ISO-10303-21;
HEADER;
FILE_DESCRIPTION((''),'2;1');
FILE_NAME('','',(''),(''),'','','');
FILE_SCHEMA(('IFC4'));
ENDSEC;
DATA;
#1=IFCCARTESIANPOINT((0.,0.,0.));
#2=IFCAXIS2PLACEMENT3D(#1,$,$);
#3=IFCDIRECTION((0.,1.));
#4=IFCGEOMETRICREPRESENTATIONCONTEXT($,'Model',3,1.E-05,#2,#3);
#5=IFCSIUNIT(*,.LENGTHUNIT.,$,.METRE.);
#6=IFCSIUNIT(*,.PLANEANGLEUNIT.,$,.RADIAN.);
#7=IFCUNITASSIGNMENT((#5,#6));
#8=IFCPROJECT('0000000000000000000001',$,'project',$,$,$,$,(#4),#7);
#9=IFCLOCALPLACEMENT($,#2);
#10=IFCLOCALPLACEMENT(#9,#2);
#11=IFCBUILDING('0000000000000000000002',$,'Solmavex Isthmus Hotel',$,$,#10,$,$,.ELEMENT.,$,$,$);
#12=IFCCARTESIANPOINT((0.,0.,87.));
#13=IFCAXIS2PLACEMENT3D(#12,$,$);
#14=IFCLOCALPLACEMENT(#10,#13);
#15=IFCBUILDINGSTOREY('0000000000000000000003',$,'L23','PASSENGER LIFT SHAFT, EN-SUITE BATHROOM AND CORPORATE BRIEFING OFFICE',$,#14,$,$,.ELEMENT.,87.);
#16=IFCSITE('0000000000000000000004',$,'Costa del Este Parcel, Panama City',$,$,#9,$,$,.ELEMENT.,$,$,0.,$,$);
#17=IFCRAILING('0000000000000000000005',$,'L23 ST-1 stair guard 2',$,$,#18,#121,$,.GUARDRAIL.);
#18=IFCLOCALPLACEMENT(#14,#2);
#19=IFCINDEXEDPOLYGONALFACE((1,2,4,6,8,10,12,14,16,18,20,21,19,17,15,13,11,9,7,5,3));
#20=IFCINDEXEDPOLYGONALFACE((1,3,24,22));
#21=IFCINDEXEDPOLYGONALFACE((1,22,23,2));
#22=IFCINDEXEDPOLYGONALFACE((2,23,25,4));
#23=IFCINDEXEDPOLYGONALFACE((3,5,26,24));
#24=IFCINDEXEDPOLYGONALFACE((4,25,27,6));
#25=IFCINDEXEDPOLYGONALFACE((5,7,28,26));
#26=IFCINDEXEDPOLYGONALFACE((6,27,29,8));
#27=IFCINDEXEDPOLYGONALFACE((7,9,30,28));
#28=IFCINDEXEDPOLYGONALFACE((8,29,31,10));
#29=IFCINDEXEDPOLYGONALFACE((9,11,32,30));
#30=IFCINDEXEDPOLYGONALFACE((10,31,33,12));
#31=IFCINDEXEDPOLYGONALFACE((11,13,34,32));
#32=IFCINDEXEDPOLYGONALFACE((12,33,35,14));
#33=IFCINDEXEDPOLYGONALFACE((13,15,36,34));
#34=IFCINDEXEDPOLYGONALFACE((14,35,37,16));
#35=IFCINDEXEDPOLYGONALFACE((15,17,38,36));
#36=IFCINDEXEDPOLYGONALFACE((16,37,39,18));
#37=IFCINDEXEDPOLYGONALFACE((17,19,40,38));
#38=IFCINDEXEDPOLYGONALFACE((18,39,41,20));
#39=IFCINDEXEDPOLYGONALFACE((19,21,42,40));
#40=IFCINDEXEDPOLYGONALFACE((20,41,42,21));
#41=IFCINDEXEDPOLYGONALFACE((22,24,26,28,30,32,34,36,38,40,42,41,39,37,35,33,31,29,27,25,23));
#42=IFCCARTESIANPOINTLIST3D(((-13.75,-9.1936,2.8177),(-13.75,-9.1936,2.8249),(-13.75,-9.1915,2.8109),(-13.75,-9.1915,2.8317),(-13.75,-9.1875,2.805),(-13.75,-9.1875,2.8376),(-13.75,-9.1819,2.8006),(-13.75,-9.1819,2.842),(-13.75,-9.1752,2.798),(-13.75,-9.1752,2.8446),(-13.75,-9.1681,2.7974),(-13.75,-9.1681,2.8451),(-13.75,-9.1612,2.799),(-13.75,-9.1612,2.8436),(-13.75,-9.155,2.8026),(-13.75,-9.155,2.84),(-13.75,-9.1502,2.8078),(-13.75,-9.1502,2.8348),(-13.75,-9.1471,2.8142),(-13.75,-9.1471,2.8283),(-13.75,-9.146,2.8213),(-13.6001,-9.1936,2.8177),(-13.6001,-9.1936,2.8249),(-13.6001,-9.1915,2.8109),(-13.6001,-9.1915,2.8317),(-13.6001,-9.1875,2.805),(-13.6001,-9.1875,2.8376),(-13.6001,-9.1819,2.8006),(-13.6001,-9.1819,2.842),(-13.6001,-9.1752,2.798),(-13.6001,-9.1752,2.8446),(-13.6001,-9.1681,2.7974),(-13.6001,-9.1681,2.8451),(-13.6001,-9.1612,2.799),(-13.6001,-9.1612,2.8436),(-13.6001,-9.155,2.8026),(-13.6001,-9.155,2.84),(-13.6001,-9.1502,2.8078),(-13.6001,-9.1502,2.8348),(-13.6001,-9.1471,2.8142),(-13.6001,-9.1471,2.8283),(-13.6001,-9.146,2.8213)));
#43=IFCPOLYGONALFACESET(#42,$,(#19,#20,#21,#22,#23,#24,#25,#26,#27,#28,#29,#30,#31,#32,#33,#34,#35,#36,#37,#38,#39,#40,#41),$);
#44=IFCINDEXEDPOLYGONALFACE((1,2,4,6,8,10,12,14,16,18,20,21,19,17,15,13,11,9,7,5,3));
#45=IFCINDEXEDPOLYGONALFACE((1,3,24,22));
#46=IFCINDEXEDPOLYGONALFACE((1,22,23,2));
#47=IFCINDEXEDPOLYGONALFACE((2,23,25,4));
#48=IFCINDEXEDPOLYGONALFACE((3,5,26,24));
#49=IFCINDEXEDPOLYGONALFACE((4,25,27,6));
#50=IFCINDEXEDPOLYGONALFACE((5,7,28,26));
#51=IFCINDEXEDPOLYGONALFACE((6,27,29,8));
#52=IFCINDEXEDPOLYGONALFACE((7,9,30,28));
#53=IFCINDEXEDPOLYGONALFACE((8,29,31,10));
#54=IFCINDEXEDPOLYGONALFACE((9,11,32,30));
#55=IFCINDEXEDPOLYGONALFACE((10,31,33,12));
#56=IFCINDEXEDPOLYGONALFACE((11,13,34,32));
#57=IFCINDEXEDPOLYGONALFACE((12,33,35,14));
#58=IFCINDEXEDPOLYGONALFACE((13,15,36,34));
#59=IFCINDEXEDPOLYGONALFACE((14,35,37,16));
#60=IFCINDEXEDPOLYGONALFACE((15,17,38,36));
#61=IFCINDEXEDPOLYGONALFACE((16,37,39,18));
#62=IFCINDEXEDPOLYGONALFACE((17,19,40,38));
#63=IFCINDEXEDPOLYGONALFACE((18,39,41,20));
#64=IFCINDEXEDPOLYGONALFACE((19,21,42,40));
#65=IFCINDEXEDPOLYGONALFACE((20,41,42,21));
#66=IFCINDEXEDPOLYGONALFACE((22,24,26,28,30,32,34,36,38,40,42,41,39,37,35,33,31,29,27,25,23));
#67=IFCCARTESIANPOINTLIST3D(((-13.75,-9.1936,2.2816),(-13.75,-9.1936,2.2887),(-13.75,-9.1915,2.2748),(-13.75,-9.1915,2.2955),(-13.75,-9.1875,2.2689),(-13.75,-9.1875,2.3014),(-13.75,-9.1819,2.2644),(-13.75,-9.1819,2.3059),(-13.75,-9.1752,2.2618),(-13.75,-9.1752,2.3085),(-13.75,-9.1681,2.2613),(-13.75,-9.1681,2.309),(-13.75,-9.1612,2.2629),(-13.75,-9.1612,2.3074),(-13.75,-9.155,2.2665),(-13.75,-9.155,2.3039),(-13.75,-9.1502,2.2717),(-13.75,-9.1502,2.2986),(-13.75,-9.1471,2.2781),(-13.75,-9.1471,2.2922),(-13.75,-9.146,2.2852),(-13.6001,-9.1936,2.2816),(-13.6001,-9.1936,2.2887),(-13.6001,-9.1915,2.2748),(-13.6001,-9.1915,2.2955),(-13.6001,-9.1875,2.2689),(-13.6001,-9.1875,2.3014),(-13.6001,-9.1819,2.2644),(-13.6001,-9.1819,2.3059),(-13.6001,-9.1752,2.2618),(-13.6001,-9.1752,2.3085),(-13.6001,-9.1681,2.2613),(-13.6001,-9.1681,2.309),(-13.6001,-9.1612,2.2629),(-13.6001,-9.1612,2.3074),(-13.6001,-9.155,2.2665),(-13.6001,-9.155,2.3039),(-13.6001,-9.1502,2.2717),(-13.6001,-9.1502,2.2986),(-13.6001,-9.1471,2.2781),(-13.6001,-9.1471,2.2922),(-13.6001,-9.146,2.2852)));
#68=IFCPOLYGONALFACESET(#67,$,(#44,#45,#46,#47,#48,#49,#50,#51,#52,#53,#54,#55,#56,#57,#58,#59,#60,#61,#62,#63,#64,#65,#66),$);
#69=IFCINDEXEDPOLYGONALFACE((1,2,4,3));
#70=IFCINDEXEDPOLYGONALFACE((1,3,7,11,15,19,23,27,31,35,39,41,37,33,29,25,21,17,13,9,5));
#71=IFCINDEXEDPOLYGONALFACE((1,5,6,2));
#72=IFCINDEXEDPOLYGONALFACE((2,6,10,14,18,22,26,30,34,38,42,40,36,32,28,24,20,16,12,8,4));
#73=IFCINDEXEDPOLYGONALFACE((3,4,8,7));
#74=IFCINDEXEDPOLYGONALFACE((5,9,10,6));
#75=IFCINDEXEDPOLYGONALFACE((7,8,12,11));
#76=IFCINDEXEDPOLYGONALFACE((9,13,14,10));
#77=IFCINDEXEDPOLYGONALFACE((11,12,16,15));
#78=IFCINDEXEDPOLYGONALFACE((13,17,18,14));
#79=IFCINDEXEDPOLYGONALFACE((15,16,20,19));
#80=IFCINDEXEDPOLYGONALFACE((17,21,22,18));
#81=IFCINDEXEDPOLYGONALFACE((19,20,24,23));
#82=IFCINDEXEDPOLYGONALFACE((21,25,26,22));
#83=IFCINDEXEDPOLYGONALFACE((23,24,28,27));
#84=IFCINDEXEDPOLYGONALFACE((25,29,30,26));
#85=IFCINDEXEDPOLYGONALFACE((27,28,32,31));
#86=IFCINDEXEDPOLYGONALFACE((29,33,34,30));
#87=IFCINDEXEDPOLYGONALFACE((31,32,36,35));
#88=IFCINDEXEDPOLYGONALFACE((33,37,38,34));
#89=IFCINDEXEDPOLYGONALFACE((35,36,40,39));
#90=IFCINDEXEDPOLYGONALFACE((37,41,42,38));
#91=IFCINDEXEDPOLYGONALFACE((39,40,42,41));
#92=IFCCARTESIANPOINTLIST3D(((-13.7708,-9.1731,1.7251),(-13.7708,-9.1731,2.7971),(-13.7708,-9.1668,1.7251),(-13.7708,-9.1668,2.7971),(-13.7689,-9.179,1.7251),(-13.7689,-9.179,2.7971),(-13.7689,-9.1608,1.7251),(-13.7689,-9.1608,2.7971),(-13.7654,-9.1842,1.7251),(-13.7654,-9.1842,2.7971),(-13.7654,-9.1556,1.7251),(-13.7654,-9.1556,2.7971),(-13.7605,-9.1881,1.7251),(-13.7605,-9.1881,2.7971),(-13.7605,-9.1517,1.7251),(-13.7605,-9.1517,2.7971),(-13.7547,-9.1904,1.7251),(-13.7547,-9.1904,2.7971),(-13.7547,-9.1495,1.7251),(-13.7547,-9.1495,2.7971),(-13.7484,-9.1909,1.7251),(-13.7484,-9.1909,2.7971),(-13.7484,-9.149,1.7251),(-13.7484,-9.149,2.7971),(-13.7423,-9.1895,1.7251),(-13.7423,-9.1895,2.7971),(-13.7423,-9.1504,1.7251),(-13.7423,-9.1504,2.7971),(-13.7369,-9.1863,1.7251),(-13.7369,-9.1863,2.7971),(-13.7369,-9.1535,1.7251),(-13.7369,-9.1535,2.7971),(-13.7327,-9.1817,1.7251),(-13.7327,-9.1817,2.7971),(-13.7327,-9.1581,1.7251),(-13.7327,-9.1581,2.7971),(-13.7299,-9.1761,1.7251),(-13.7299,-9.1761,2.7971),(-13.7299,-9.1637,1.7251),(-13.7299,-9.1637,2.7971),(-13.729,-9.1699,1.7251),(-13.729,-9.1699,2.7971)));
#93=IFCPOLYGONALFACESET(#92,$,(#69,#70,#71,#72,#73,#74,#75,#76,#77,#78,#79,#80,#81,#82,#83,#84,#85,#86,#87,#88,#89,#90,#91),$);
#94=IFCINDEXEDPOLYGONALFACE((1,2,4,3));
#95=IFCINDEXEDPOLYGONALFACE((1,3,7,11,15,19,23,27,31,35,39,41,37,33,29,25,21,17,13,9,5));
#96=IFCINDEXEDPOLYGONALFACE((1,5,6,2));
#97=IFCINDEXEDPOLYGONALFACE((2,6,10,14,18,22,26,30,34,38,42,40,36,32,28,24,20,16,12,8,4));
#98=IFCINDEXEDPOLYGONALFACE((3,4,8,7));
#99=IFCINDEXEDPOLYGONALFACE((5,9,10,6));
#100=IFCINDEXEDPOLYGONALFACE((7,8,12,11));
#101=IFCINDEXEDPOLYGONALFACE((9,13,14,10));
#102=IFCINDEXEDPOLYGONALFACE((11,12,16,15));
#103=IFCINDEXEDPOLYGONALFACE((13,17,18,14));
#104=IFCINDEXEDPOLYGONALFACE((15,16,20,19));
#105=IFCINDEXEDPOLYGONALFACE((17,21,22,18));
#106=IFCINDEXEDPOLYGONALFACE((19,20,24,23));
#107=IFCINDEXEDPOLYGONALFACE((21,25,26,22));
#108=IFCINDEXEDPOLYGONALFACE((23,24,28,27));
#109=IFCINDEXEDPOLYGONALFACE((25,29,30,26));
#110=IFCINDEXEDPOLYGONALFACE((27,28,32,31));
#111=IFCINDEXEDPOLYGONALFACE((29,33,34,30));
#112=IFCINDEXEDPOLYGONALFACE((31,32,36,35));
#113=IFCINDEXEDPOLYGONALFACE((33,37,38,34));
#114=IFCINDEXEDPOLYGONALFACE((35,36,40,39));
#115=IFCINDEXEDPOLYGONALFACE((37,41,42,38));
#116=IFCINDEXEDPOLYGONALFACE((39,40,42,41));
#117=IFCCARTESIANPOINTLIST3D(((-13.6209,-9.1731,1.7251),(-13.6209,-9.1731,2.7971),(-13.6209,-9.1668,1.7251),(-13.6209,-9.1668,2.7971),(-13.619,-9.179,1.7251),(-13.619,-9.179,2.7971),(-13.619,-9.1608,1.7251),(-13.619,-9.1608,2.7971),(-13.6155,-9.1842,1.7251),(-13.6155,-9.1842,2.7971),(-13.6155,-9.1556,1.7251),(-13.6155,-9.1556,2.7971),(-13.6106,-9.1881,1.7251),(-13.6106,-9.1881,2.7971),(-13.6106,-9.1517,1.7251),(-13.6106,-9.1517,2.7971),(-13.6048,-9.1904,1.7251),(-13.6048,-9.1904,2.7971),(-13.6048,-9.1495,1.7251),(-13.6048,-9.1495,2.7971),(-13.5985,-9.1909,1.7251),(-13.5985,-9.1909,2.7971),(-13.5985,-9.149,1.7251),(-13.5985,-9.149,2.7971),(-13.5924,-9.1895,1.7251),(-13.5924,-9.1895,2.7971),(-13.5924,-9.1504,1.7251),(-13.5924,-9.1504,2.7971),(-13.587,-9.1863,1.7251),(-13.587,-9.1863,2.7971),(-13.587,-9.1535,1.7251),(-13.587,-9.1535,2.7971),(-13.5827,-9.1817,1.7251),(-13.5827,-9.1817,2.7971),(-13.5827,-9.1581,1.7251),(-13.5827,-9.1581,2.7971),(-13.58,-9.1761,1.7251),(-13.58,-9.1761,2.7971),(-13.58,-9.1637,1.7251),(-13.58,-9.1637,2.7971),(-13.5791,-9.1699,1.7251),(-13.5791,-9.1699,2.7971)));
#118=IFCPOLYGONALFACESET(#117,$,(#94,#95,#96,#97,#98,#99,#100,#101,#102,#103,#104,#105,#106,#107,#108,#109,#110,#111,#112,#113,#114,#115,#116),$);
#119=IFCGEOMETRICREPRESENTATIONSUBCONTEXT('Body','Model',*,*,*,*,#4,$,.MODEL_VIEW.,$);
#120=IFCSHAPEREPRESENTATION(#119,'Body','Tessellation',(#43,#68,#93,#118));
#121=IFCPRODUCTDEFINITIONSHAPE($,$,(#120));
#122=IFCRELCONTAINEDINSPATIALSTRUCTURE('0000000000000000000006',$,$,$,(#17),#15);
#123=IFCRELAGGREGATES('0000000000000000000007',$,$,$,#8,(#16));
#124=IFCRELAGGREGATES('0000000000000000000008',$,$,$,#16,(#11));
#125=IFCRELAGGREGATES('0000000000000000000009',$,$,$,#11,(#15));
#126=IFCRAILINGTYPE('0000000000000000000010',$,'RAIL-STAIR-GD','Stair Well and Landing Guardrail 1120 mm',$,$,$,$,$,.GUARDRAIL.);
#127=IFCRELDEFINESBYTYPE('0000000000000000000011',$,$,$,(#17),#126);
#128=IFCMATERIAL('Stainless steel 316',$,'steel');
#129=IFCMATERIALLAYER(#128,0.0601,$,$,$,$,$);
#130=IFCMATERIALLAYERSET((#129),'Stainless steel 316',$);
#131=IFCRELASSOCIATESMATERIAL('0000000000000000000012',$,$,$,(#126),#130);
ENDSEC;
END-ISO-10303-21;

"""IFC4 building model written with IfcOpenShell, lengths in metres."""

from ifc_helpers import new_model, si_unit, direction, frame, origin, origin_2d, place, context, subcontext, project, spatial, circle, extrude, material, layer, layer_set, type_object, element, save


model = new_model("IFC4")

# Units and contexts
model_context = context("Model", 3, precision=1e-05, world=origin(), true_north=direction((0.0, 1.0)))
body_context = subcontext(model_context, "Body", "Model", "MODEL_VIEW")
ifc_project = project(units=[si_unit("LENGTHUNIT", "METRE"), si_unit("PLANEANGLEUNIT", "RADIAN")], contexts=[model_context])

# Site, building, storey
site_placement = place(None, origin())
site = spatial("IfcSite", under=ifc_project, at=site_placement, Name="Costa del Este Parcel, Panama City", CompositionType="ELEMENT", RefElevation=0.0)
building_placement = place(site_placement, origin())
building = spatial("IfcBuilding", under=site, at=building_placement, Name="Solmavex Isthmus Hotel", CompositionType="ELEMENT")
storey_placement = place(building_placement, frame((0.0, 0.0, 87.0)))
storey = spatial("IfcBuildingStorey", under=building, at=storey_placement, Name="L23", Description="PASSENGER LIFT SHAFT, EN-SUITE BATHROOM AND CORPORATE BRIEFING OFFICE", CompositionType="ELEMENT", Elevation=87.0)

# Railing
ifc_material_1 = material(Name="Stainless steel 316", Category="steel")
ifc_layer_1 = layer(ifc_material_1, 0.0601)
ifc_layer_set_1 = layer_set([ifc_layer_1], Name="Stainless steel 316")
railing_type = type_object("IfcRailingType", Name="RAIL-STAIR-GD", Description="Stair Well and Landing Guardrail 1120 mm", PredefinedType="GUARDRAIL", material=ifc_layer_set_1)
railing_1_placement = place(storey_placement, frame((-13.75, -9.1699, 1.7251)))
element("IfcRailing", 1, at=railing_1_placement, inside=storey, type_object=railing_type, Name="L23 ST-1 stair guard 2", PredefinedType="GUARDRAIL", context=body_context, shape_type="SweptSolid", body=[
    extrude(circle(Radius=0.0239, at=origin_2d()), frame((0.0, 0.0, 1.0962), z_axis=(1.0, 0.0, 0.0), x_axis=(0.0, 1.0, 0.0)), (0.0, 0.0, 1.0), 0.1499),
    extrude(circle(Radius=0.0239, at=origin_2d()), frame((0.0, 0.0, 0.5601), z_axis=(1.0, 0.0, 0.0), x_axis=(0.0, 1.0, 0.0)), (0.0, 0.0, 1.0), 0.1499),
    extrude(circle(Radius=0.021, at=origin_2d()), origin(), (0.0, 0.0, 1.0), 1.072),
    extrude(circle(Radius=0.021, at=origin_2d()), frame((0.1499, 0.0, 0.0)), (0.0, 0.0, 1.0), 1.072),
])

save(model, "model.ifc")
